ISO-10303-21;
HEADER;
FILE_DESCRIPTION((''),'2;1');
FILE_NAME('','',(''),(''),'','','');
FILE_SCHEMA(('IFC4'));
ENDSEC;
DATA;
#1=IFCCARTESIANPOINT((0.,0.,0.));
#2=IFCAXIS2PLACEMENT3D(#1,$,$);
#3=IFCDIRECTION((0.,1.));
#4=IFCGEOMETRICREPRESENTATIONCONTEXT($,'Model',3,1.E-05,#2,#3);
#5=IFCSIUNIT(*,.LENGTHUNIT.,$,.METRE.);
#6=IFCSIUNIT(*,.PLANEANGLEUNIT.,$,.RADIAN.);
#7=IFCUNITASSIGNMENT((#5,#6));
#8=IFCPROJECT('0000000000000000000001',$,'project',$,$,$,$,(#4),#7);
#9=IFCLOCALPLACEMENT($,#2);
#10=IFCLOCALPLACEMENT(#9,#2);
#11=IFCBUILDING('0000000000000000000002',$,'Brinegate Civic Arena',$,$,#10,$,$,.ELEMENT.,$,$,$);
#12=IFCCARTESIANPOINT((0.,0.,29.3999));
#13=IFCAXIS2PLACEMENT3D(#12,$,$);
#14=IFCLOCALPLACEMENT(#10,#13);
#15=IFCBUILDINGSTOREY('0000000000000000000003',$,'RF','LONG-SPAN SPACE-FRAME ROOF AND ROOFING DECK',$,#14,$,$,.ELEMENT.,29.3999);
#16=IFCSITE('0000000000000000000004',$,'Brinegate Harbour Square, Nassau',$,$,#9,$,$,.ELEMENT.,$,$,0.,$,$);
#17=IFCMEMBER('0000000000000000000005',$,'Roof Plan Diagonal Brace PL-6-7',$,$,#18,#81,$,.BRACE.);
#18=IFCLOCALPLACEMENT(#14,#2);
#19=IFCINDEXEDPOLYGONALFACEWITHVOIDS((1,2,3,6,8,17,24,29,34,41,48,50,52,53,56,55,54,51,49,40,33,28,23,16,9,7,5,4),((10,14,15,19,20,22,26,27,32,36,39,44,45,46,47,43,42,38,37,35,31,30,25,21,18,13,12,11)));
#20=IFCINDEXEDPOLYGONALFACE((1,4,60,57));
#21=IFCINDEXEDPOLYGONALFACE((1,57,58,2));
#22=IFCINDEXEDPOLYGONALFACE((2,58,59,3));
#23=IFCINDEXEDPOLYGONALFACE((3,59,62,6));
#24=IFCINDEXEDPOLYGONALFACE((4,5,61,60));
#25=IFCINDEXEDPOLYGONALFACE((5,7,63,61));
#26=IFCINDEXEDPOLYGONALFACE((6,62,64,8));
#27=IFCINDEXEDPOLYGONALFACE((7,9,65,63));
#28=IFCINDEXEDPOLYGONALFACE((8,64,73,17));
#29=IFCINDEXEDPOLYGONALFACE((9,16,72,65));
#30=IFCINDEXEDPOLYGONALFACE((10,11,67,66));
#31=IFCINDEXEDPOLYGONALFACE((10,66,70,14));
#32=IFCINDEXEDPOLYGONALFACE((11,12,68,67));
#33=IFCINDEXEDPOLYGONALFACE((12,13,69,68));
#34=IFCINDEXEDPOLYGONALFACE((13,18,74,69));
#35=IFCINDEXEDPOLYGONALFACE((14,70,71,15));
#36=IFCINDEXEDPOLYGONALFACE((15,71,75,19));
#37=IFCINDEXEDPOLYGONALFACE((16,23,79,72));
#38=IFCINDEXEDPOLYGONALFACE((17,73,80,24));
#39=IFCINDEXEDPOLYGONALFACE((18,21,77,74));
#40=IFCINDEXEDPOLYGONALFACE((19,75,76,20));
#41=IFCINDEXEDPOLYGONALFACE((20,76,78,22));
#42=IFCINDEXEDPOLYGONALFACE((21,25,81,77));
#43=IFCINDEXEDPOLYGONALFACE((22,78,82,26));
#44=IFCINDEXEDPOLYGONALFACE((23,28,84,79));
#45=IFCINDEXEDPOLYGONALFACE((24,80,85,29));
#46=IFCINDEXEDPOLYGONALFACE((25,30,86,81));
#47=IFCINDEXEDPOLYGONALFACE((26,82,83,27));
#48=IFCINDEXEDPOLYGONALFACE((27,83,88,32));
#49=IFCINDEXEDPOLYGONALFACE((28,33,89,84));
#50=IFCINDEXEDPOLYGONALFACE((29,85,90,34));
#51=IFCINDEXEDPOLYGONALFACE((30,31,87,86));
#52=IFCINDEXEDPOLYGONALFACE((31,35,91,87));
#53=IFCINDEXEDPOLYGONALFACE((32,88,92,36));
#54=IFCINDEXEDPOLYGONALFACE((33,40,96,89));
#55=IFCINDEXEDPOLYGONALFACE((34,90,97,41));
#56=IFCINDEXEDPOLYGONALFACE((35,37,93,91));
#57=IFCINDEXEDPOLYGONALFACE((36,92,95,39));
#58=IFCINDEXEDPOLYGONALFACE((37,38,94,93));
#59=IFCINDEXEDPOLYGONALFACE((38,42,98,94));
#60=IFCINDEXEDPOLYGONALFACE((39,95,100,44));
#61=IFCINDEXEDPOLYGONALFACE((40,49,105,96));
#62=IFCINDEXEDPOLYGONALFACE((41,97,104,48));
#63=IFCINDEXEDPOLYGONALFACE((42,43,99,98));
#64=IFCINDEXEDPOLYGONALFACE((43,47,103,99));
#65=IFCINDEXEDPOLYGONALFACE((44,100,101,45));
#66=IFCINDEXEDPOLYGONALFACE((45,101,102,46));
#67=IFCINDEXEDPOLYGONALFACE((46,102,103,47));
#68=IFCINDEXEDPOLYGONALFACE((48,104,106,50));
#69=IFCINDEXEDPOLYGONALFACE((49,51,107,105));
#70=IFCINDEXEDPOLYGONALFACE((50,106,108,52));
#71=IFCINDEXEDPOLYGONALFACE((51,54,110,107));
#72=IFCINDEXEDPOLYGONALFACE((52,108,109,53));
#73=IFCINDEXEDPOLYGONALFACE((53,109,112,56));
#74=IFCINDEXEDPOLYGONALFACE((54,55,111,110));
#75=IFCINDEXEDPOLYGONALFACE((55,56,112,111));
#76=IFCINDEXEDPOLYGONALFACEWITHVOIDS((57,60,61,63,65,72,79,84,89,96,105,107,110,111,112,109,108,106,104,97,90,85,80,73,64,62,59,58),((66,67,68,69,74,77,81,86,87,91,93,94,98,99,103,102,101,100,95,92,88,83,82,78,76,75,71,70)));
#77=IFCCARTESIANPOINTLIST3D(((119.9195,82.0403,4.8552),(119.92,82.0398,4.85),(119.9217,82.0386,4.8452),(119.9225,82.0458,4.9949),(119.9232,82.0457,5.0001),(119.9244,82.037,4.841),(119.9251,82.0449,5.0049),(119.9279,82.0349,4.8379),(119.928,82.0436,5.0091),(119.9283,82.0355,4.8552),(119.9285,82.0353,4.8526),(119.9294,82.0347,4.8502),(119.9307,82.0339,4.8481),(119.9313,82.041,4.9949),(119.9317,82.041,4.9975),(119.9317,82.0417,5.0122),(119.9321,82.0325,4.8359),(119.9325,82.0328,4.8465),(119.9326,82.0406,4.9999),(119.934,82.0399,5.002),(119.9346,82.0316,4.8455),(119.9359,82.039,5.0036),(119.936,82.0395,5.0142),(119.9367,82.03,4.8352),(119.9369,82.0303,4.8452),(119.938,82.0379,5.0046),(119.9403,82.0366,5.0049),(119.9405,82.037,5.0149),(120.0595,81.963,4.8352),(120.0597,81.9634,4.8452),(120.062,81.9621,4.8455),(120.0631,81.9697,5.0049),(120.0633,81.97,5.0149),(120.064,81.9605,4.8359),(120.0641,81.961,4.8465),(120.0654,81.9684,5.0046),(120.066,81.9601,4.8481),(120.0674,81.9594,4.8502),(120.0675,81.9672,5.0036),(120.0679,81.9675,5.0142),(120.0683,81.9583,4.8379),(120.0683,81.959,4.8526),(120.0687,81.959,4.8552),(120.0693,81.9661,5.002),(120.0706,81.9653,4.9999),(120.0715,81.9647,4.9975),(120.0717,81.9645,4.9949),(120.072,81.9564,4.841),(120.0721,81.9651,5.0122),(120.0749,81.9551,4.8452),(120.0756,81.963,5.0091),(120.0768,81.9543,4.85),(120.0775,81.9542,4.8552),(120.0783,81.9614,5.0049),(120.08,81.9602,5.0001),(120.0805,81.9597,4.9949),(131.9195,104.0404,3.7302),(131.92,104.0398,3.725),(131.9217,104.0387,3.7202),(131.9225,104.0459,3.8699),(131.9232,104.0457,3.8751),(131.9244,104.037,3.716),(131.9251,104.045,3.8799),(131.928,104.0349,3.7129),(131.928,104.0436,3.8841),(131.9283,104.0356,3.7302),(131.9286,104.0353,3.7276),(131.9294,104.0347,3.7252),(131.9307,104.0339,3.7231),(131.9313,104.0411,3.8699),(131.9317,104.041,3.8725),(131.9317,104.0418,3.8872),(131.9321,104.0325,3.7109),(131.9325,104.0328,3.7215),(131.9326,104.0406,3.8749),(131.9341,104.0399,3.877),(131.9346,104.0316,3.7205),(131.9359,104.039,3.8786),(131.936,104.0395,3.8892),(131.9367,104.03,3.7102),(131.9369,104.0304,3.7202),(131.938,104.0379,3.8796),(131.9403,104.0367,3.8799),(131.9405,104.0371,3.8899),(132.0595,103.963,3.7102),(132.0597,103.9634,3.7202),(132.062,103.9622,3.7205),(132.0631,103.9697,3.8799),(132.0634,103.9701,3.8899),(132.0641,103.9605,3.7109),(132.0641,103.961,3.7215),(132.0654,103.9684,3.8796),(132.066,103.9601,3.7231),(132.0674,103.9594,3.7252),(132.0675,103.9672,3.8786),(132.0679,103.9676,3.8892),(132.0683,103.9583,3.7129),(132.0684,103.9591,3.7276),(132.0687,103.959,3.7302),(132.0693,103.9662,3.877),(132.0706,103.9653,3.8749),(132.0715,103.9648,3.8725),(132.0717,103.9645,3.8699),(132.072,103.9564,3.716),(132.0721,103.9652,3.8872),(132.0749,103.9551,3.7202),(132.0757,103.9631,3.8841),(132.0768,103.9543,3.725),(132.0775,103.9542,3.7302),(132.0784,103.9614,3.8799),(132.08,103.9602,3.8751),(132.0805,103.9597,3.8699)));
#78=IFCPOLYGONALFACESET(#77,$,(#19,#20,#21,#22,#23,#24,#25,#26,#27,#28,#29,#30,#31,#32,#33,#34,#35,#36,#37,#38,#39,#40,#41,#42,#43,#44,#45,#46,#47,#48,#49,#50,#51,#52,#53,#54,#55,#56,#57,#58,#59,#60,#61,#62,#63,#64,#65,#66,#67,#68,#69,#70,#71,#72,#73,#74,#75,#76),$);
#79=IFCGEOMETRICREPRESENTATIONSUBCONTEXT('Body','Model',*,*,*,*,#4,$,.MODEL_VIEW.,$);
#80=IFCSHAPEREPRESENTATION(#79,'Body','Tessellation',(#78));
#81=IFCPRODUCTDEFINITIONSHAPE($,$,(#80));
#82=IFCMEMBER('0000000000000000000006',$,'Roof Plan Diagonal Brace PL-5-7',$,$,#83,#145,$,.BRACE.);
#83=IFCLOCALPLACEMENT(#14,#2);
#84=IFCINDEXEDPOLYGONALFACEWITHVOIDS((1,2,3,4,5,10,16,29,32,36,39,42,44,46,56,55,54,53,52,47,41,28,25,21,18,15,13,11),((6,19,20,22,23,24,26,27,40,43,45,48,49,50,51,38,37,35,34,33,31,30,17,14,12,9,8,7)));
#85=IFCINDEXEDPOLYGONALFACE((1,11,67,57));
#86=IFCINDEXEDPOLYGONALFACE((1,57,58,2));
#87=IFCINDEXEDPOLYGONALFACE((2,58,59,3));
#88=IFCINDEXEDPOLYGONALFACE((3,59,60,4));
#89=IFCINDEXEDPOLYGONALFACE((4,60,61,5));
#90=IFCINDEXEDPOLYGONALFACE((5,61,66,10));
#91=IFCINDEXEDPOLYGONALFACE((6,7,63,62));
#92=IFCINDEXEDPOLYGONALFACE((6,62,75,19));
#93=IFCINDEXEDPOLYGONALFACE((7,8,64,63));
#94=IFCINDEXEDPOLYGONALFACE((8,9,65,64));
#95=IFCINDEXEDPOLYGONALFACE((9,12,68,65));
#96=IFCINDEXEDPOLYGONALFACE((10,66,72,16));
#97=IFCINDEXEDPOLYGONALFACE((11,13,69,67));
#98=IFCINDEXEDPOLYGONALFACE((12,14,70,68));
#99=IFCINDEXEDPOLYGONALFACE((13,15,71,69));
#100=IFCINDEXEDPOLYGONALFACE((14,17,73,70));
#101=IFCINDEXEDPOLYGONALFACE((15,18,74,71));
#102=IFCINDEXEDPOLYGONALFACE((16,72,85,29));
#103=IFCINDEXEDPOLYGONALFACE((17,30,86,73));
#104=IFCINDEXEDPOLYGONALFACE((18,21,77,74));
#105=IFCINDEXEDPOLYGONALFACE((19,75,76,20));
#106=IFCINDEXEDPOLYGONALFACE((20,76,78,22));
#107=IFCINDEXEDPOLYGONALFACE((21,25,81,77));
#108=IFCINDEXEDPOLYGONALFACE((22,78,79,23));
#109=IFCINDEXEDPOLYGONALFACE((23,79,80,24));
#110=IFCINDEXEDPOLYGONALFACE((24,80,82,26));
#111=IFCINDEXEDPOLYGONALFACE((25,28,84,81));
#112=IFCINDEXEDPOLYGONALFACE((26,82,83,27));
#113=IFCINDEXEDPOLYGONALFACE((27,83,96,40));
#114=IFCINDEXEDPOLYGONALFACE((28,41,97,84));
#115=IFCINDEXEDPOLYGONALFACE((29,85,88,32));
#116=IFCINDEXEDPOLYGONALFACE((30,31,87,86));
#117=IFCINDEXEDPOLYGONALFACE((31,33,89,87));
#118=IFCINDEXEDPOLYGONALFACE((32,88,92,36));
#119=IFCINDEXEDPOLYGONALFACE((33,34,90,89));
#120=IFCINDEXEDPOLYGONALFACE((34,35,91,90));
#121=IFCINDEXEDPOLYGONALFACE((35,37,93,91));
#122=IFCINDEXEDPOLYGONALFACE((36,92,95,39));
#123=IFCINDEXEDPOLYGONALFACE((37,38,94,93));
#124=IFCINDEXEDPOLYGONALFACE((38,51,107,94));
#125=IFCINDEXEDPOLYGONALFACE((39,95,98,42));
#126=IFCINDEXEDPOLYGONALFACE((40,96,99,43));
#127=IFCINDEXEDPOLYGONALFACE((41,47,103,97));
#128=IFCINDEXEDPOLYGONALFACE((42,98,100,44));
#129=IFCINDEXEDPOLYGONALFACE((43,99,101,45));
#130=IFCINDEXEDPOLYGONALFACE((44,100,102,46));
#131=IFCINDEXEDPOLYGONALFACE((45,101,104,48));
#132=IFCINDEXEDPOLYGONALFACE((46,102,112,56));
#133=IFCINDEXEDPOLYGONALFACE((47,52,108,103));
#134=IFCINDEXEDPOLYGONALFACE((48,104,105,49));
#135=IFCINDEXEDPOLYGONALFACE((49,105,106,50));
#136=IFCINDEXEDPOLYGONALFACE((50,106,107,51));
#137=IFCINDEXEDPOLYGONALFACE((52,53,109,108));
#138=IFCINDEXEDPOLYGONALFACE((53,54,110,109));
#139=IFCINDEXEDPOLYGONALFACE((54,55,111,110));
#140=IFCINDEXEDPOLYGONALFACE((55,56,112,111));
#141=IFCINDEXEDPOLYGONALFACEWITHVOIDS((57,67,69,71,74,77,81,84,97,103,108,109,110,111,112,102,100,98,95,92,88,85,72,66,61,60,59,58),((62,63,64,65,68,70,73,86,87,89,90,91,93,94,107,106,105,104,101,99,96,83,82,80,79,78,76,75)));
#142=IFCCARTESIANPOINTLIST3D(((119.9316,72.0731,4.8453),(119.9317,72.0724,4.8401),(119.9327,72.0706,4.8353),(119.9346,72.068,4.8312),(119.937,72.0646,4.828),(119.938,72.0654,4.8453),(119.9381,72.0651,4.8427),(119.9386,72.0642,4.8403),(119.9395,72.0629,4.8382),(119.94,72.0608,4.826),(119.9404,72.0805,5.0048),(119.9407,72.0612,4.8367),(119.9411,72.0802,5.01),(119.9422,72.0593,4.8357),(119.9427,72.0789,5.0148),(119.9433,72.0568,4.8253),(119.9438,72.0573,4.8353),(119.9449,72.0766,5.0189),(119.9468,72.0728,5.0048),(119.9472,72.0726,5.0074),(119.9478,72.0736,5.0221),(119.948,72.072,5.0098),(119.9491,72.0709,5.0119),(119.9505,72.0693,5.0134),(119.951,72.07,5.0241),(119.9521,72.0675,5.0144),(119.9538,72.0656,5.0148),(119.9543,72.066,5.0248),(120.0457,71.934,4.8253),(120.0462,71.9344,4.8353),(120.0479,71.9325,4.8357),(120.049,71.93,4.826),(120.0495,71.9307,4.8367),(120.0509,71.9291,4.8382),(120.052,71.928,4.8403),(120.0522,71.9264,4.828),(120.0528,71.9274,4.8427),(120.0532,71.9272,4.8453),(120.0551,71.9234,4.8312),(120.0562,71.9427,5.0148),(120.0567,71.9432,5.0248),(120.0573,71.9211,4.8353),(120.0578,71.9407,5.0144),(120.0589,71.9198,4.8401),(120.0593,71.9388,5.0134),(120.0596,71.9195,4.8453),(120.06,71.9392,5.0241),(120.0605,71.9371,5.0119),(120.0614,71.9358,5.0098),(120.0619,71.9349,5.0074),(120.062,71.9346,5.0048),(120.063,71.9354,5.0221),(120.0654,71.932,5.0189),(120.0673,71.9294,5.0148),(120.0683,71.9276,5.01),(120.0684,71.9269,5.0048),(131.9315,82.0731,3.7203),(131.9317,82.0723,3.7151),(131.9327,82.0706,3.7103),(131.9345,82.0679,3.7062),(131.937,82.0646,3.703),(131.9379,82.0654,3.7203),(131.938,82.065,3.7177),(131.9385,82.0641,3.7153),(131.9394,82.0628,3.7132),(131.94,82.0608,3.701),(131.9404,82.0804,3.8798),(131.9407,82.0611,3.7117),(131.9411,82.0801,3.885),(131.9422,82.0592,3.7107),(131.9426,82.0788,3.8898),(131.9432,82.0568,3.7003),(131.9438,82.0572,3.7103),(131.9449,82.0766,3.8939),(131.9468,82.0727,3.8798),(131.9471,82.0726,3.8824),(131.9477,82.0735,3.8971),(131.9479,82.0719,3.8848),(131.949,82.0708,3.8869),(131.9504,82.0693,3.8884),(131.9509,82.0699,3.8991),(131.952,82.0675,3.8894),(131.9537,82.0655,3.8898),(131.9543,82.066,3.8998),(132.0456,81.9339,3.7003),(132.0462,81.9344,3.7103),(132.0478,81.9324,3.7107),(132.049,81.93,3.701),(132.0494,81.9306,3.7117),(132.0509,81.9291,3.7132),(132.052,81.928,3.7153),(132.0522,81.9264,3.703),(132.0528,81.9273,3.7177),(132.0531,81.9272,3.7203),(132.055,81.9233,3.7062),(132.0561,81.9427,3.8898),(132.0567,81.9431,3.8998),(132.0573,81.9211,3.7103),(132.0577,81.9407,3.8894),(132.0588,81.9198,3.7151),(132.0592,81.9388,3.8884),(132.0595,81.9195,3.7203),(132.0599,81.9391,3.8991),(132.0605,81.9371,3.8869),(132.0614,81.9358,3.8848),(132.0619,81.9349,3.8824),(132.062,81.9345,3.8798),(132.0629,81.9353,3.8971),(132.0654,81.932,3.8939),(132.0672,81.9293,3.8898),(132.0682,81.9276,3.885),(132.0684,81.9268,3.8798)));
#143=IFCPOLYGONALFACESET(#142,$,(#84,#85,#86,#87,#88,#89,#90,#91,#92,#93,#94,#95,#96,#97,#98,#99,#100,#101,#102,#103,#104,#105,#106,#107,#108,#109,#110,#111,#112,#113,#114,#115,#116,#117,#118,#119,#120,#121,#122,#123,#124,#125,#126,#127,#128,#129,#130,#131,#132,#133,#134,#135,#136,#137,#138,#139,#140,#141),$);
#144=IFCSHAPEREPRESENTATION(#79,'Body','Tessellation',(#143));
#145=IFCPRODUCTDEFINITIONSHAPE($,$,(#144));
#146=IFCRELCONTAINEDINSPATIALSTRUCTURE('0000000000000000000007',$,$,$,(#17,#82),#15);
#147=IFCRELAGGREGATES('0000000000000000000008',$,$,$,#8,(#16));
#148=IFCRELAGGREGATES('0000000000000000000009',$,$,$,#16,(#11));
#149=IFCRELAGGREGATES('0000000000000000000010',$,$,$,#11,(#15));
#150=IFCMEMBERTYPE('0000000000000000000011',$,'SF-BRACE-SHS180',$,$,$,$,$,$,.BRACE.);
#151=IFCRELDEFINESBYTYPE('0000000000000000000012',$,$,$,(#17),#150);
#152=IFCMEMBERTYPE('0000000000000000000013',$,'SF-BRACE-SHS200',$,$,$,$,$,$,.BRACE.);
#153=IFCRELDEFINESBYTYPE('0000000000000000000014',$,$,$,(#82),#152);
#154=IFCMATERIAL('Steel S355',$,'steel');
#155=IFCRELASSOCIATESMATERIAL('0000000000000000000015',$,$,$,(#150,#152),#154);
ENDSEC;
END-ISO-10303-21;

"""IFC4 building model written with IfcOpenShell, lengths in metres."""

from ifc_helpers import new_model, si_unit, direction, frame, origin, origin_2d, place, context, subcontext, project, spatial, hollow_rectangle, extrude, material, material_profile, profile_set, type_object, element, save


model = new_model("IFC4")

# Units and contexts
model_context = context("Model", 3, precision=1e-05, world=origin(), true_north=direction((0.0, 1.0)))
body_context = subcontext(model_context, "Body", "Model", "MODEL_VIEW")
ifc_project = project(units=[si_unit("LENGTHUNIT", "METRE"), si_unit("PLANEANGLEUNIT", "RADIAN")], contexts=[model_context])

# Site, building, storey
site_placement = place(None, origin())
site = spatial("IfcSite", under=ifc_project, at=site_placement, Name="Brinegate Harbour Square, Nassau", CompositionType="ELEMENT", RefElevation=0.0)
building_placement = place(site_placement, origin())
building = spatial("IfcBuilding", under=site, at=building_placement, Name="Brinegate Civic Arena", CompositionType="ELEMENT")
storey_placement = place(building_placement, frame((0.0, 0.0, 29.3999)))
storey = spatial("IfcBuildingStorey", under=building, at=storey_placement, Name="RF", Description="LONG-SPAN SPACE-FRAME ROOF AND ROOFING DECK", CompositionType="ELEMENT", Elevation=29.3999)

# Members
ifc_material = material(Name="Steel S355", Category="steel")
ifc_material_profile_1 = material_profile(ifc_material, hollow_rectangle(XDim=0.1799, YDim=0.1799, WallThickness=0.01, InnerFilletRadius=0.01, OuterFilletRadius=0.02, at=origin_2d()), Name="SHS180X10")
ifc_profile_set_1 = profile_set([ifc_material_profile_1], Name="Steel S355")
member_type_1 = type_object("IfcMemberType", Name="SF-BRACE-SHS180", PredefinedType="BRACE", material=ifc_profile_set_1)
member_1_placement = place(storey_placement, frame((120.0, 82.0, 4.925), z_axis=(0.47837, 0.877012, -0.044847), x_axis=(-0.877896, 0.478852, 0.0)))
element("IfcMember", 1, at=member_1_placement, inside=storey, type_object=member_type_1, Name="Roof Plan Diagonal Brace PL-6-7", PredefinedType="BRACE", context=body_context, shape_type="SweptSolid", body=[
    extrude(hollow_rectangle(XDim=0.1799, YDim=0.1799, WallThickness=0.01, InnerFilletRadius=0.01, OuterFilletRadius=0.02, at=origin_2d()), origin(), (0.0, 0.0, 1.0), 25.0852),
])
ifc_material_profile_2 = material_profile(ifc_material, hollow_rectangle(XDim=0.2, YDim=0.2, WallThickness=0.01, InnerFilletRadius=0.01, OuterFilletRadius=0.02, at=origin_2d()), Name="SHS200X10")
ifc_profile_set_2 = profile_set([ifc_material_profile_2], Name="Steel S355")
member_type_2 = type_object("IfcMemberType", Name="SF-BRACE-SHS200", PredefinedType="BRACE", material=ifc_profile_set_2)
member_2_placement = place(storey_placement, frame((120.0, 72.0, 4.925), z_axis=(0.766237, 0.638531, -0.071835), x_axis=(-0.640184, 0.768221, 0.0)))
element("IfcMember", 2, at=member_2_placement, inside=storey, type_object=member_type_2, Name="Roof Plan Diagonal Brace PL-5-7", PredefinedType="BRACE", context=body_context, shape_type="SweptSolid", body=[
    extrude(hollow_rectangle(XDim=0.2, YDim=0.2, WallThickness=0.01, InnerFilletRadius=0.01, OuterFilletRadius=0.02, at=origin_2d()), origin(), (0.0, 0.0, 1.0), 15.6609),
])

save(model, "model.ifc")
